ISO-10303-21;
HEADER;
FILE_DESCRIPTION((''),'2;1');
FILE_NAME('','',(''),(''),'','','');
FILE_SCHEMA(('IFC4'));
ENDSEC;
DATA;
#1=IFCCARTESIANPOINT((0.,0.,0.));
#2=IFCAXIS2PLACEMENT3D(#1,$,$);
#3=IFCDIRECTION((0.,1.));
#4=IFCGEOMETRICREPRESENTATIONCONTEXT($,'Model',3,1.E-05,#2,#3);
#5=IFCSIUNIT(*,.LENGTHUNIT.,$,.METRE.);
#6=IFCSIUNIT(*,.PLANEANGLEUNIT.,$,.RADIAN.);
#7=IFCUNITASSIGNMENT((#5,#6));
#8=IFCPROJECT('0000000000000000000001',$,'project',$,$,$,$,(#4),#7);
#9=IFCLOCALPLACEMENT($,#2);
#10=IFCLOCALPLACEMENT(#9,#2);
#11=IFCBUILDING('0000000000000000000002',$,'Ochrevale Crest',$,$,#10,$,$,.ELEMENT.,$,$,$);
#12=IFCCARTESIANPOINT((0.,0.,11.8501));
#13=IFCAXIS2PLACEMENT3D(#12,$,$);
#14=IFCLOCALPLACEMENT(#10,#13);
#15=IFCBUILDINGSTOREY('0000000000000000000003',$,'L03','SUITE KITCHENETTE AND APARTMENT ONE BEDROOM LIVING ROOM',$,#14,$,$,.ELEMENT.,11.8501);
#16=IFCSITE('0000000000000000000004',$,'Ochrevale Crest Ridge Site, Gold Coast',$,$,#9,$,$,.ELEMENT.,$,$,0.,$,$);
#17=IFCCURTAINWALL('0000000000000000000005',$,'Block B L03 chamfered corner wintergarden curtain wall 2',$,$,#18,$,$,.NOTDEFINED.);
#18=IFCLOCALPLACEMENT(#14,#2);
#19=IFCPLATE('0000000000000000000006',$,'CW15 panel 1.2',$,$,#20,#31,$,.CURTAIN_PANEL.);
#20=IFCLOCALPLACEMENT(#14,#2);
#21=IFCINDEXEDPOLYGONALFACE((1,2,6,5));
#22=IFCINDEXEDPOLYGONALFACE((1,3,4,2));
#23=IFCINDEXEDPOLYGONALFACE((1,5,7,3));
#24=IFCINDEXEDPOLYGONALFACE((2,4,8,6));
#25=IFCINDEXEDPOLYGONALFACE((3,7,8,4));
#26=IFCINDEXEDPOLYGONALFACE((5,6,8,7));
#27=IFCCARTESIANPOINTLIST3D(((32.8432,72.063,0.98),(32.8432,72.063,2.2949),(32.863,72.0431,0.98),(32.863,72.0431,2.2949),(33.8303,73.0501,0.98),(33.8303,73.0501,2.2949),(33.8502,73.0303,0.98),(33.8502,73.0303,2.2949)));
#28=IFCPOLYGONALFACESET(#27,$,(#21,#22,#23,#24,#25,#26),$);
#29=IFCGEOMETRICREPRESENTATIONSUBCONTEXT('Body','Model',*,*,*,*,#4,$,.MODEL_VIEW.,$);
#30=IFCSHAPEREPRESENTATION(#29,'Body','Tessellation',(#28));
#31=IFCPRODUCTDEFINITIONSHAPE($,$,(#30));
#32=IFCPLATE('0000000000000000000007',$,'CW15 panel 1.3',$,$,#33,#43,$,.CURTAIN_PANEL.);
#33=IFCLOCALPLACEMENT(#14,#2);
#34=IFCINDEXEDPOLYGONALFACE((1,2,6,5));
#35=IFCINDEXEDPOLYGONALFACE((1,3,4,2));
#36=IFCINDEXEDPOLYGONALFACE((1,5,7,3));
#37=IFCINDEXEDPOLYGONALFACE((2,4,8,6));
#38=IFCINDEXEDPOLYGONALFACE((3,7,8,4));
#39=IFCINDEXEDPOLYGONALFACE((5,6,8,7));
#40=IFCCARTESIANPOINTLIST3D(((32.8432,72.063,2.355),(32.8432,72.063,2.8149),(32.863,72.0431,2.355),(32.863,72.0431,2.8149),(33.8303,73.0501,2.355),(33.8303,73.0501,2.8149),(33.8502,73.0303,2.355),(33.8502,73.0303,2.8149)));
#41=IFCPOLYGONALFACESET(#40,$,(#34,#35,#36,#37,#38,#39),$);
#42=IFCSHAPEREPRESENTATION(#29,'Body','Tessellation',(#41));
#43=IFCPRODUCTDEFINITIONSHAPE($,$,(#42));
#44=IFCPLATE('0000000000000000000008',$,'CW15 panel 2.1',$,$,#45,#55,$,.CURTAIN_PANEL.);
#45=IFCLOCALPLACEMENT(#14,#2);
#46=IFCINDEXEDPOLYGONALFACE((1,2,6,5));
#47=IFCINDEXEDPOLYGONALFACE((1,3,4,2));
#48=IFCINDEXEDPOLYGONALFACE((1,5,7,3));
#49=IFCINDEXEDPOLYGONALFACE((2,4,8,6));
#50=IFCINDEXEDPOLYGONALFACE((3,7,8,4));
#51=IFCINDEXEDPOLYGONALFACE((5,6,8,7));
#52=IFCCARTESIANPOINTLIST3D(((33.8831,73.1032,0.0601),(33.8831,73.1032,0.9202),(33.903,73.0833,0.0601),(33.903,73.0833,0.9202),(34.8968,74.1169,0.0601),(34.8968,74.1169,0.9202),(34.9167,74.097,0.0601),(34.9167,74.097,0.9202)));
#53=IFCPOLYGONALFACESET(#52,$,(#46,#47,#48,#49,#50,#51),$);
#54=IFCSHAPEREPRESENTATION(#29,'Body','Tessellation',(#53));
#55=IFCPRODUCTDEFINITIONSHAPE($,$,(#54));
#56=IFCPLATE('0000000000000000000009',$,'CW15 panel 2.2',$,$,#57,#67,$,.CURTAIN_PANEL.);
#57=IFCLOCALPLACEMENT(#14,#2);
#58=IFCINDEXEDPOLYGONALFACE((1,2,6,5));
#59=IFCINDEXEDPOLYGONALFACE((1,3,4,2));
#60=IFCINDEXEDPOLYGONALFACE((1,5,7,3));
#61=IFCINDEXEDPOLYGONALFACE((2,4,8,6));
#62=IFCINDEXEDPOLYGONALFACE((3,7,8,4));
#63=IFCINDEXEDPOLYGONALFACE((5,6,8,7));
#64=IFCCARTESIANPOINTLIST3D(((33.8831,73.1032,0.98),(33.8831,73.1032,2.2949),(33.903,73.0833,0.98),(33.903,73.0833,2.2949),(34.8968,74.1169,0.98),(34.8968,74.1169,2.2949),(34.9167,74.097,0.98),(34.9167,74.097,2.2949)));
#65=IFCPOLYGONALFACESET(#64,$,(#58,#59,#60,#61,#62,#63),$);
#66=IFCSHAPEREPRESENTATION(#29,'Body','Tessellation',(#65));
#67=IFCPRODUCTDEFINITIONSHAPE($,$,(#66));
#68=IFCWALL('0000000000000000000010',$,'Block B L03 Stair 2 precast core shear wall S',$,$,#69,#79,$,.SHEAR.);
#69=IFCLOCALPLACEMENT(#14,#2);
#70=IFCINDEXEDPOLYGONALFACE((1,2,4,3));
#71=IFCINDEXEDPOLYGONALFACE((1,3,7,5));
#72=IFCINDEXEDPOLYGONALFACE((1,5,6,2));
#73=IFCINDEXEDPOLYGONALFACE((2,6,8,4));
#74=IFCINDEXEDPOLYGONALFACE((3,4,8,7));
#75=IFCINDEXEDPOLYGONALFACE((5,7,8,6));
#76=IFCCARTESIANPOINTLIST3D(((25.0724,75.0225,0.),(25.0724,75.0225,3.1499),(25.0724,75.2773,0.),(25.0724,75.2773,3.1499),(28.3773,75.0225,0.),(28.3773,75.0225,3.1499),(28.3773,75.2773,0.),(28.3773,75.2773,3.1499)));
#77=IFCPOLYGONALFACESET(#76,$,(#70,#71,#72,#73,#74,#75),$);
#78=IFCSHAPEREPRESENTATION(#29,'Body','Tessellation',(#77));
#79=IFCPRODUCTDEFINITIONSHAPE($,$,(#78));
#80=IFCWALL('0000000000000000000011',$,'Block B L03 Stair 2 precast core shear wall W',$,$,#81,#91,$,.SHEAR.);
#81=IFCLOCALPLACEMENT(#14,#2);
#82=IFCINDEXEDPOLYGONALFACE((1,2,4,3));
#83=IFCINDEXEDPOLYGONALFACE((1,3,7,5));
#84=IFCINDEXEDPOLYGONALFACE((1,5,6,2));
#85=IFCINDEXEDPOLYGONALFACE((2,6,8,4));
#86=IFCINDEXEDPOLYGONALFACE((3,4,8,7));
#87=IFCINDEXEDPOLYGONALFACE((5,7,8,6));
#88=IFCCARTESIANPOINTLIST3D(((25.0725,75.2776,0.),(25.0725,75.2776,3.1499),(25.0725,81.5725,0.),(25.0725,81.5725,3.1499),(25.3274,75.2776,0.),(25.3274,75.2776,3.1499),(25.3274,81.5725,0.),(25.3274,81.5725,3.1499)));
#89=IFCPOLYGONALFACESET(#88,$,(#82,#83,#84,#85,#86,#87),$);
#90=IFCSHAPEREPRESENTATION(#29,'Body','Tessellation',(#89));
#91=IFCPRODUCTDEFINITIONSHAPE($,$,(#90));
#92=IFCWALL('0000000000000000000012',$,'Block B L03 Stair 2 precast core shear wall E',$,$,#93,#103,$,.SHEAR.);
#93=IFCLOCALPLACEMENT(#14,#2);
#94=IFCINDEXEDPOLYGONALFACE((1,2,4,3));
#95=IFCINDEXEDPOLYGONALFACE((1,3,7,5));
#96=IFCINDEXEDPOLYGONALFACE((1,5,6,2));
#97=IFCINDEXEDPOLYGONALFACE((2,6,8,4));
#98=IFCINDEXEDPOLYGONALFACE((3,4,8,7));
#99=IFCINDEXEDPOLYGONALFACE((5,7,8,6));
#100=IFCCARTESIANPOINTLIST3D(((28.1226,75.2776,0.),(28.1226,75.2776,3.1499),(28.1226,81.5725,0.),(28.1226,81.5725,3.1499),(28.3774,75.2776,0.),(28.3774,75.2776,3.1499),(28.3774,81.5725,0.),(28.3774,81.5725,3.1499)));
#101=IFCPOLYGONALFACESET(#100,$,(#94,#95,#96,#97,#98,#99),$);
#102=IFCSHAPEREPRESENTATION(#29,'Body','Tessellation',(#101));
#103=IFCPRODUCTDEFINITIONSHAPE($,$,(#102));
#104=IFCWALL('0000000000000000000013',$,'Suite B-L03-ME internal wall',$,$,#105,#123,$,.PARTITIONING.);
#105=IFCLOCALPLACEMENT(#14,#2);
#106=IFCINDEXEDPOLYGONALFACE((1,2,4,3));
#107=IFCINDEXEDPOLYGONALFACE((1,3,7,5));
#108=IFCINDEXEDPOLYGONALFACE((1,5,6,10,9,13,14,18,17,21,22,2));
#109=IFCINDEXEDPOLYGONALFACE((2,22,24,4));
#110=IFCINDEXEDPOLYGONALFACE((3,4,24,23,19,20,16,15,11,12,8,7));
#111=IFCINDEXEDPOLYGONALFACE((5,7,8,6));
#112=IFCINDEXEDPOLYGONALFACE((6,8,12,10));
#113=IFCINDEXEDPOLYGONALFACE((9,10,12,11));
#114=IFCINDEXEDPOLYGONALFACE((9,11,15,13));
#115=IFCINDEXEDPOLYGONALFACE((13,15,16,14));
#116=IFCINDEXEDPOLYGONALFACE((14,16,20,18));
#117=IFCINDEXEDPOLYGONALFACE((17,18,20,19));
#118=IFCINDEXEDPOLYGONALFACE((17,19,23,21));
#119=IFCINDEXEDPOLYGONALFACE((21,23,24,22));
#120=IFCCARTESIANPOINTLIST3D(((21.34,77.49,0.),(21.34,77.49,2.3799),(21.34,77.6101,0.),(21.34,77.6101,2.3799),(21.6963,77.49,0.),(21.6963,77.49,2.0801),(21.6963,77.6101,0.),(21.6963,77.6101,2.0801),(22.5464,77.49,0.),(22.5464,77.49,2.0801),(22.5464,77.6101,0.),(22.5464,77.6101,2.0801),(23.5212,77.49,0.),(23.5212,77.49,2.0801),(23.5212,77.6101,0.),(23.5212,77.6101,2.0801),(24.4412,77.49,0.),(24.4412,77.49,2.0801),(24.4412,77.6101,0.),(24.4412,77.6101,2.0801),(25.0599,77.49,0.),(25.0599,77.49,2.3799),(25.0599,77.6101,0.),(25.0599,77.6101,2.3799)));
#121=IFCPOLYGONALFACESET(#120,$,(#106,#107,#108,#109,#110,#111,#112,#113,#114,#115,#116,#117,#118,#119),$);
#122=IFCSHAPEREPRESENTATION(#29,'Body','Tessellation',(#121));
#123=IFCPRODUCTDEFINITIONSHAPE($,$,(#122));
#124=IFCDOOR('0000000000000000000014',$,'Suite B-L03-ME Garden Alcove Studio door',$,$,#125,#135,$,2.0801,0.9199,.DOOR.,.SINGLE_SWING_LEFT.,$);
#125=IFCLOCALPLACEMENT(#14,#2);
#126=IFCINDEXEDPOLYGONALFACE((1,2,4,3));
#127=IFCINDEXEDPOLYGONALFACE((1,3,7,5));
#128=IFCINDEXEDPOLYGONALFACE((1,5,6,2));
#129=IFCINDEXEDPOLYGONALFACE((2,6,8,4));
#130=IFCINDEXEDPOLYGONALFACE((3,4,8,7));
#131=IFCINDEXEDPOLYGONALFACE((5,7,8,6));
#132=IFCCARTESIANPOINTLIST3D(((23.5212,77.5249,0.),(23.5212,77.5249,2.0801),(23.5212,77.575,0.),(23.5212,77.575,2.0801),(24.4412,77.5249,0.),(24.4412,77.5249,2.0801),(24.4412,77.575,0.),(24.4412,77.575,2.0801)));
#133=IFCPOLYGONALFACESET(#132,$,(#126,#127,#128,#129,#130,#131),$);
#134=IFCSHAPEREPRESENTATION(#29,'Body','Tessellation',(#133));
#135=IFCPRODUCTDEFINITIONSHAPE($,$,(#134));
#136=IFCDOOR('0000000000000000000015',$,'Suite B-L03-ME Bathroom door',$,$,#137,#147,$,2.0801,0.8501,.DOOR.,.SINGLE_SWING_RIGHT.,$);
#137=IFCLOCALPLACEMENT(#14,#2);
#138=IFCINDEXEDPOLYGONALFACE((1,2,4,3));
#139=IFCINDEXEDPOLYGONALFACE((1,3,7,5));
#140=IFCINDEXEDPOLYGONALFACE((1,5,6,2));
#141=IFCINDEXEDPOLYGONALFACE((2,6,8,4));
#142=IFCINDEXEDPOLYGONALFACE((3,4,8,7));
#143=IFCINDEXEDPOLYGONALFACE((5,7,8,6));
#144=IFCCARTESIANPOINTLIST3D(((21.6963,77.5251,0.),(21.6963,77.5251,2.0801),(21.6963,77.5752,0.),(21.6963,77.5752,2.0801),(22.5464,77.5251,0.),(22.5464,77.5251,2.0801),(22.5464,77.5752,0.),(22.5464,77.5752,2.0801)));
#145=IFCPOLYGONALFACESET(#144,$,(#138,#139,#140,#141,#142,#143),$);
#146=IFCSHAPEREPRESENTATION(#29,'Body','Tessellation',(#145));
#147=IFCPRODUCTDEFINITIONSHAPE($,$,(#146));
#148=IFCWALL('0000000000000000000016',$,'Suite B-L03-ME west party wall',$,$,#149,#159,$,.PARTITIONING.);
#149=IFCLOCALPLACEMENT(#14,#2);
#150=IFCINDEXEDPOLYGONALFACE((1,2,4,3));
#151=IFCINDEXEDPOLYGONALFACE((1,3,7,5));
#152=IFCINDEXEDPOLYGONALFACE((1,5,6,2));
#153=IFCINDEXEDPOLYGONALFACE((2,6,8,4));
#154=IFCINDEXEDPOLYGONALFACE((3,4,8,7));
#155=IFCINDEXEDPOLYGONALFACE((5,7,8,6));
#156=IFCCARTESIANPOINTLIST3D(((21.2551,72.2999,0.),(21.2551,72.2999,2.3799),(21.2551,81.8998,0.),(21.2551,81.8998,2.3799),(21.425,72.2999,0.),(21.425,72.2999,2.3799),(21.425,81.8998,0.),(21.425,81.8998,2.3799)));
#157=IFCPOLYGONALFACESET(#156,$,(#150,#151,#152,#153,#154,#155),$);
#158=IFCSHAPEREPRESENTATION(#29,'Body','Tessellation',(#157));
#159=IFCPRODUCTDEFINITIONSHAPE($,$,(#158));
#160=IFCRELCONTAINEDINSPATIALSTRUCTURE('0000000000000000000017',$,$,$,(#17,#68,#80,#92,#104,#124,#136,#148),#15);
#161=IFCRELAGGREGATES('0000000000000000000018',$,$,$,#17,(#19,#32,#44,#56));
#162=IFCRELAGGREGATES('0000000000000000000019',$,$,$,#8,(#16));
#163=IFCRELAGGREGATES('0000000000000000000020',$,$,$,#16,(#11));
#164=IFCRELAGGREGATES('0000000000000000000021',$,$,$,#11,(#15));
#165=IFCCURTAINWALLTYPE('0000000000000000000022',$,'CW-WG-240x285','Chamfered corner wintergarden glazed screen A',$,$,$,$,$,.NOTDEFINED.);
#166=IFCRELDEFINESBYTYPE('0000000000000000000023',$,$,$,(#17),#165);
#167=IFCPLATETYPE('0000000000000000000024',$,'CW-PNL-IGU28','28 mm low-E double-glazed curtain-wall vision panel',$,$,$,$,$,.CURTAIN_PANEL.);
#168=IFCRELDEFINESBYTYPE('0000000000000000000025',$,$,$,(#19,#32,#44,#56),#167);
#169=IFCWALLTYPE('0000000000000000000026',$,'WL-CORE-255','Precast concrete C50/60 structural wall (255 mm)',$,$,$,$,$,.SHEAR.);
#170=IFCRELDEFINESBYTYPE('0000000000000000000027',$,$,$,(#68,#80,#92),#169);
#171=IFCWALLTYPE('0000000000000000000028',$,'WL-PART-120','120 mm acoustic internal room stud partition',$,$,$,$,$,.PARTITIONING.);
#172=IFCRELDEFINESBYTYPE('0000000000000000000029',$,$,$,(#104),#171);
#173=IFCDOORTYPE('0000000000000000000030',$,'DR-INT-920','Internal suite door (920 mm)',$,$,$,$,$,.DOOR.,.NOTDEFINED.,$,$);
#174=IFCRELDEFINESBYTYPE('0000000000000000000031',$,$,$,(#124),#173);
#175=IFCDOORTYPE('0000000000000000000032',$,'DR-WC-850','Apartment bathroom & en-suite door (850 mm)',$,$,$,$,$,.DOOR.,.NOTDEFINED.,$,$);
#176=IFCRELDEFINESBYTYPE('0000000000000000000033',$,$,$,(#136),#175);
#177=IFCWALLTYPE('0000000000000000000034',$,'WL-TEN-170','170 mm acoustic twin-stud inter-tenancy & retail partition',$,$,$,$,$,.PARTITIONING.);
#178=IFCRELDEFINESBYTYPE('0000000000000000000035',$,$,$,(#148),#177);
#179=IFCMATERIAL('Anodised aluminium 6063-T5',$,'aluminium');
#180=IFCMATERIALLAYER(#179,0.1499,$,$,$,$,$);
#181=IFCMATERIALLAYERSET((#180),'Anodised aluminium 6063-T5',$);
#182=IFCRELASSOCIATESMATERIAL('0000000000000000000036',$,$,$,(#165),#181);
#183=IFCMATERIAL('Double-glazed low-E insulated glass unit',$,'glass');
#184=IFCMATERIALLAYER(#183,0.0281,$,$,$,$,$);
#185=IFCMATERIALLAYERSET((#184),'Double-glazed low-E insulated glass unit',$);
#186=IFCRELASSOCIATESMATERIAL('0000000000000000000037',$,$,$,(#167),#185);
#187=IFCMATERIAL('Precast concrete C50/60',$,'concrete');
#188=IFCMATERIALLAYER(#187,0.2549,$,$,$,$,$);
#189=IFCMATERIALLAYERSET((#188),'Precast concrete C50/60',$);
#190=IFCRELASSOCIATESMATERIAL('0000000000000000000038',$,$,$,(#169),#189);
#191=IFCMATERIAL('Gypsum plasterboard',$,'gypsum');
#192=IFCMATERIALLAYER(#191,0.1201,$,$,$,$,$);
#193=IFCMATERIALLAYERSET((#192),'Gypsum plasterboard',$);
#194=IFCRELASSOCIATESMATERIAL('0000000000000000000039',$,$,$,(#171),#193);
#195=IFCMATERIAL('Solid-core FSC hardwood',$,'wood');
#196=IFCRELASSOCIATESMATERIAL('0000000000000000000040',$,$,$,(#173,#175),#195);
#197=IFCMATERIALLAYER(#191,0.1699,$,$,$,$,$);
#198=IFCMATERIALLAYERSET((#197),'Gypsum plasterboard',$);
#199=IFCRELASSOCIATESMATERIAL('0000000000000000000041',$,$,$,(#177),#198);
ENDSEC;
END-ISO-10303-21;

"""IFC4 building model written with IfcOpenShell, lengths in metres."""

from ifc_helpers import new_model, si_unit, direction, frame, frame_2d, origin, origin_2d, place, context, subcontext, project, spatial, rectangle, extrude, material, layer, layer_set, type_object, element, fill, aggregate, save


model = new_model("IFC4")

# Units and contexts
model_context = context("Model", 3, precision=1e-05, world=origin(), true_north=direction((0.0, 1.0)))
body_context = subcontext(model_context, "Body", "Model", "MODEL_VIEW")
ifc_project = project(units=[si_unit("LENGTHUNIT", "METRE"), si_unit("PLANEANGLEUNIT", "RADIAN")], contexts=[model_context])

# Site, building, storey
site_placement = place(None, origin())
site = spatial("IfcSite", under=ifc_project, at=site_placement, Name="Ochrevale Crest Ridge Site, Gold Coast", CompositionType="ELEMENT", RefElevation=0.0)
building_placement = place(site_placement, origin())
building = spatial("IfcBuilding", under=site, at=building_placement, Name="Ochrevale Crest", CompositionType="ELEMENT")
storey_placement = place(building_placement, frame((0.0, 0.0, 11.8501)))
storey = spatial("IfcBuildingStorey", under=building, at=storey_placement, Name="L03", Description="SUITE KITCHENETTE AND APARTMENT ONE BEDROOM LIVING ROOM", CompositionType="ELEMENT", Elevation=11.8501)

# Shared definitions
ifc_material_1 = material(Name="Precast concrete C50/60", Category="concrete")

# Curtain wall, plates
ifc_material_2 = material(Name="Anodised aluminium 6063-T5", Category="aluminium")
ifc_layer_1 = layer(ifc_material_2, 0.1499)
ifc_layer_set_1 = layer_set([ifc_layer_1], Name="Anodised aluminium 6063-T5")
curtain_wall_type = type_object("IfcCurtainWallType", Name="CW-WG-240x285", Description="Chamfered corner wintergarden glazed screen A", PredefinedType="NOTDEFINED", material=ifc_layer_set_1)
curtain_wall_placement = place(storey_placement, origin())
curtain_wall = element("IfcCurtainWall", 1, at=curtain_wall_placement, inside=storey, type_object=curtain_wall_type, Name="Block B L03 chamfered corner wintergarden curtain wall 2", PredefinedType="NOTDEFINED")
ifc_material_3 = material(Name="Double-glazed low-E insulated glass unit", Category="glass")
ifc_layer_2 = layer(ifc_material_3, 0.0281)
ifc_layer_set_2 = layer_set([ifc_layer_2], Name="Double-glazed low-E insulated glass unit")
plate_type = type_object("IfcPlateType", Name="CW-PNL-IGU28", Description="28 mm low-E double-glazed curtain-wall vision panel", PredefinedType="CURTAIN_PANEL", material=ifc_layer_set_2)
plate_1_placement = place(storey_placement, frame((33.3467, 72.5466, 0.98), z_axis=(0.0, 0.0, 1.0), x_axis=(0.707107, 0.707107, 0.0)))
plate_1 = element("IfcPlate", 2, at=plate_1_placement, type_object=plate_type, Name="CW15 panel 1.2", PredefinedType="CURTAIN_PANEL", context=body_context, shape_type="SweptSolid", body=[
    extrude(rectangle(XDim=1.396, YDim=0.0281, at=origin_2d()), origin(), (0.0, 0.0, 1.0), 1.3149),
])
plate_2_placement = place(storey_placement, frame((33.3467, 72.5466, 2.355), z_axis=(0.0, 0.0, 1.0), x_axis=(0.707107, 0.707107, 0.0)))
plate_2 = element("IfcPlate", 3, at=plate_2_placement, type_object=plate_type, Name="CW15 panel 1.3", PredefinedType="CURTAIN_PANEL", context=body_context, shape_type="SweptSolid", body=[
    extrude(rectangle(XDim=1.396, YDim=0.0281, at=origin_2d()), origin(), (0.0, 0.0, 1.0), 0.46),
])
plate_3_placement = place(storey_placement, frame((34.3999, 73.6001, 0.0601), z_axis=(0.0, 0.0, 1.0), x_axis=(0.707107, 0.707107, 0.0)))
plate_3 = element("IfcPlate", 4, at=plate_3_placement, type_object=plate_type, Name="CW15 panel 2.1", PredefinedType="CURTAIN_PANEL", context=body_context, shape_type="SweptSolid", body=[
    extrude(rectangle(XDim=1.4336, YDim=0.0281, at=origin_2d()), origin(), (0.0, 0.0, 1.0), 0.8601),
])
plate_4_placement = place(storey_placement, frame((34.3999, 73.6001, 0.98), z_axis=(0.0, 0.0, 1.0), x_axis=(0.707107, 0.707107, 0.0)))
plate_4 = element("IfcPlate", 5, at=plate_4_placement, type_object=plate_type, Name="CW15 panel 2.2", PredefinedType="CURTAIN_PANEL", context=body_context, shape_type="SweptSolid", body=[
    extrude(rectangle(XDim=1.4336, YDim=0.0281, at=origin_2d()), origin(), (0.0, 0.0, 1.0), 1.3149),
])
aggregate(curtain_wall, [plate_1, plate_2, plate_3, plate_4])

# Walls
ifc_layer_3 = layer(ifc_material_1, 0.2549)
ifc_layer_set_3 = layer_set([ifc_layer_3], Name="Precast concrete C50/60")
wall_type_1 = type_object("IfcWallType", Name="WL-CORE-255", Description="Precast concrete C50/60 structural wall (255 mm)", PredefinedType="SHEAR", material=ifc_layer_set_3)
wall_1_placement = place(storey_placement, frame((25.0725, 75.1499, 0.0), z_axis=(0.0, 0.0, 1.0), x_axis=(1.0, 0.0, 0.0)))
element("IfcWall", 6, at=wall_1_placement, inside=storey, type_object=wall_type_1, Name="Block B L03 Stair 2 precast core shear wall S", PredefinedType="SHEAR", context=body_context, shape_type="SweptSolid", body=[
    extrude(rectangle(XDim=3.3049, YDim=0.2549, at=frame_2d((1.6523, 0.0))), origin(), (0.0, 0.0, 1.0), 3.1499),
])
for number, where, z_axis, x_axis, name in (
    (7, (25.2, 75.2776, 0.0), (0.0, 0.0, 1.0), (0.0, 1.0, 0.0), "Block B L03 Stair 2 precast core shear wall W"),
    (8, (28.25, 75.2776, 0.0), (0.0, 0.0, 1.0), (0.0, 1.0, 0.0), "Block B L03 Stair 2 precast core shear wall E"),
):
    element("IfcWall", number, at=place(storey_placement, frame(where, z_axis=z_axis, x_axis=x_axis)), inside=storey, type_object=wall_type_1, Name=name, PredefinedType="SHEAR", context=body_context, shape_type="SweptSolid", body=[
        extrude(rectangle(XDim=6.2949, YDim=0.2549, at=frame_2d((3.1475, 0.0))), origin(), (0.0, 0.0, 1.0), 3.1499),
    ])

# Wall, openings, doors
ifc_material_4 = material(Name="Gypsum plasterboard", Category="gypsum")
ifc_layer_4 = layer(ifc_material_4, 0.1201)
ifc_layer_set_4 = layer_set([ifc_layer_4], Name="Gypsum plasterboard")
wall_type_2 = type_object("IfcWallType", Name="WL-PART-120", Description="120 mm acoustic internal room stud partition", PredefinedType="PARTITIONING", material=ifc_layer_set_4)
wall_2_placement = place(storey_placement, frame((21.3401, 77.55, 0.0), z_axis=(0.0, 0.0, 1.0), x_axis=(1.0, 0.0, 0.0)))
wall_2 = element("IfcWall", 9, at=wall_2_placement, inside=storey, type_object=wall_type_2, Name="Suite B-L03-ME internal wall", PredefinedType="PARTITIONING", context=body_context, shape_type="SweptSolid", body=[
    extrude(rectangle(XDim=3.72, YDim=0.1201, at=frame_2d((1.8599, 0.0))), origin(), (0.0, 0.0, 1.0), 2.3799),
])
opening_1_placement = place(wall_2_placement, frame((1.2063, 0.0, 0.0), z_axis=(0.0, 0.0, 1.0), x_axis=(-1.0, 0.0, 0.0)))
opening_1 = element("IfcOpeningElement", 10, at=opening_1_placement, cuts=wall_2, PredefinedType="OPENING", context=body_context, shape_type="SweptSolid", body=[
    extrude(rectangle(XDim=0.8501, YDim=2.0801, at=frame_2d((0.425, 1.04))), frame((0.0, 0.0701, 0.0), z_axis=(0.0, -1.0, 0.0), x_axis=(1.0, 0.0, 0.0)), (0.0, 0.0, 1.0), 0.1401),
])
opening_2_placement = place(wall_2_placement, frame((2.1812, 0.0, 0.0)))
opening_2 = element("IfcOpeningElement", 11, at=opening_2_placement, cuts=wall_2, PredefinedType="OPENING", context=body_context, shape_type="SweptSolid", body=[
    extrude(rectangle(XDim=0.9199, YDim=2.0801, at=frame_2d((0.46, 1.04))), frame((0.0, 0.0701, 0.0), z_axis=(0.0, -1.0, 0.0), x_axis=(1.0, 0.0, 0.0)), (0.0, 0.0, 1.0), 0.1401),
])
ifc_material_5 = material(Name="Solid-core FSC hardwood", Category="wood")
door_type_1 = type_object("IfcDoorType", Name="DR-INT-920", Description="Internal suite door (920 mm)", OperationType="NOTDEFINED", PredefinedType="DOOR", material=ifc_material_5)
door_1_placement = place(opening_2_placement, origin())
door_1 = element("IfcDoor", 12, at=door_1_placement, inside=storey, type_object=door_type_1, Name="Suite B-L03-ME Garden Alcove Studio door", OperationType="SINGLE_SWING_LEFT", OverallHeight=2.0801, OverallWidth=0.9199, PredefinedType="DOOR", context=body_context, shape_type="SweptSolid", body=[
    extrude(rectangle(XDim=0.9199, YDim=2.0801, at=frame_2d((0.46, 1.04))), frame((0.0, 0.0249, 0.0), z_axis=(0.0, -1.0, 0.0), x_axis=(1.0, 0.0, 0.0)), (0.0, 0.0, 1.0), 0.05),
])
fill(opening_2, door_1)
door_type_2 = type_object("IfcDoorType", Name="DR-WC-850", Description="Apartment bathroom & en-suite door (850 mm)", OperationType="NOTDEFINED", PredefinedType="DOOR", material=ifc_material_5)
door_2_placement = place(opening_1_placement, origin())
door_2 = element("IfcDoor", 13, at=door_2_placement, inside=storey, type_object=door_type_2, Name="Suite B-L03-ME Bathroom door", OperationType="SINGLE_SWING_RIGHT", OverallHeight=2.0801, OverallWidth=0.8501, PredefinedType="DOOR", context=body_context, shape_type="SweptSolid", body=[
    extrude(rectangle(XDim=0.8501, YDim=2.0801, at=frame_2d((0.425, 1.04))), frame((0.0, 0.0249, 0.0), z_axis=(0.0, -1.0, 0.0), x_axis=(1.0, 0.0, 0.0)), (0.0, 0.0, 1.0), 0.05),
])
fill(opening_1, door_2)

# Wall
ifc_layer_5 = layer(ifc_material_4, 0.1699)
ifc_layer_set_5 = layer_set([ifc_layer_5], Name="Gypsum plasterboard")
wall_type_3 = type_object("IfcWallType", Name="WL-TEN-170", Description="170 mm acoustic twin-stud inter-tenancy & retail partition", PredefinedType="PARTITIONING", material=ifc_layer_set_5)
wall_3_placement = place(storey_placement, frame((21.3401, 72.3, 0.0), z_axis=(0.0, 0.0, 1.0), x_axis=(0.0, 1.0, 0.0)))
element("IfcWall", 14, at=wall_3_placement, inside=storey, type_object=wall_type_3, Name="Suite B-L03-ME west party wall", PredefinedType="PARTITIONING", context=body_context, shape_type="SweptSolid", body=[
    extrude(rectangle(XDim=9.5999, YDim=0.1699, at=frame_2d((4.7998, 0.0))), origin(), (0.0, 0.0, 1.0), 2.3799),
])

save(model, "model.ifc")
